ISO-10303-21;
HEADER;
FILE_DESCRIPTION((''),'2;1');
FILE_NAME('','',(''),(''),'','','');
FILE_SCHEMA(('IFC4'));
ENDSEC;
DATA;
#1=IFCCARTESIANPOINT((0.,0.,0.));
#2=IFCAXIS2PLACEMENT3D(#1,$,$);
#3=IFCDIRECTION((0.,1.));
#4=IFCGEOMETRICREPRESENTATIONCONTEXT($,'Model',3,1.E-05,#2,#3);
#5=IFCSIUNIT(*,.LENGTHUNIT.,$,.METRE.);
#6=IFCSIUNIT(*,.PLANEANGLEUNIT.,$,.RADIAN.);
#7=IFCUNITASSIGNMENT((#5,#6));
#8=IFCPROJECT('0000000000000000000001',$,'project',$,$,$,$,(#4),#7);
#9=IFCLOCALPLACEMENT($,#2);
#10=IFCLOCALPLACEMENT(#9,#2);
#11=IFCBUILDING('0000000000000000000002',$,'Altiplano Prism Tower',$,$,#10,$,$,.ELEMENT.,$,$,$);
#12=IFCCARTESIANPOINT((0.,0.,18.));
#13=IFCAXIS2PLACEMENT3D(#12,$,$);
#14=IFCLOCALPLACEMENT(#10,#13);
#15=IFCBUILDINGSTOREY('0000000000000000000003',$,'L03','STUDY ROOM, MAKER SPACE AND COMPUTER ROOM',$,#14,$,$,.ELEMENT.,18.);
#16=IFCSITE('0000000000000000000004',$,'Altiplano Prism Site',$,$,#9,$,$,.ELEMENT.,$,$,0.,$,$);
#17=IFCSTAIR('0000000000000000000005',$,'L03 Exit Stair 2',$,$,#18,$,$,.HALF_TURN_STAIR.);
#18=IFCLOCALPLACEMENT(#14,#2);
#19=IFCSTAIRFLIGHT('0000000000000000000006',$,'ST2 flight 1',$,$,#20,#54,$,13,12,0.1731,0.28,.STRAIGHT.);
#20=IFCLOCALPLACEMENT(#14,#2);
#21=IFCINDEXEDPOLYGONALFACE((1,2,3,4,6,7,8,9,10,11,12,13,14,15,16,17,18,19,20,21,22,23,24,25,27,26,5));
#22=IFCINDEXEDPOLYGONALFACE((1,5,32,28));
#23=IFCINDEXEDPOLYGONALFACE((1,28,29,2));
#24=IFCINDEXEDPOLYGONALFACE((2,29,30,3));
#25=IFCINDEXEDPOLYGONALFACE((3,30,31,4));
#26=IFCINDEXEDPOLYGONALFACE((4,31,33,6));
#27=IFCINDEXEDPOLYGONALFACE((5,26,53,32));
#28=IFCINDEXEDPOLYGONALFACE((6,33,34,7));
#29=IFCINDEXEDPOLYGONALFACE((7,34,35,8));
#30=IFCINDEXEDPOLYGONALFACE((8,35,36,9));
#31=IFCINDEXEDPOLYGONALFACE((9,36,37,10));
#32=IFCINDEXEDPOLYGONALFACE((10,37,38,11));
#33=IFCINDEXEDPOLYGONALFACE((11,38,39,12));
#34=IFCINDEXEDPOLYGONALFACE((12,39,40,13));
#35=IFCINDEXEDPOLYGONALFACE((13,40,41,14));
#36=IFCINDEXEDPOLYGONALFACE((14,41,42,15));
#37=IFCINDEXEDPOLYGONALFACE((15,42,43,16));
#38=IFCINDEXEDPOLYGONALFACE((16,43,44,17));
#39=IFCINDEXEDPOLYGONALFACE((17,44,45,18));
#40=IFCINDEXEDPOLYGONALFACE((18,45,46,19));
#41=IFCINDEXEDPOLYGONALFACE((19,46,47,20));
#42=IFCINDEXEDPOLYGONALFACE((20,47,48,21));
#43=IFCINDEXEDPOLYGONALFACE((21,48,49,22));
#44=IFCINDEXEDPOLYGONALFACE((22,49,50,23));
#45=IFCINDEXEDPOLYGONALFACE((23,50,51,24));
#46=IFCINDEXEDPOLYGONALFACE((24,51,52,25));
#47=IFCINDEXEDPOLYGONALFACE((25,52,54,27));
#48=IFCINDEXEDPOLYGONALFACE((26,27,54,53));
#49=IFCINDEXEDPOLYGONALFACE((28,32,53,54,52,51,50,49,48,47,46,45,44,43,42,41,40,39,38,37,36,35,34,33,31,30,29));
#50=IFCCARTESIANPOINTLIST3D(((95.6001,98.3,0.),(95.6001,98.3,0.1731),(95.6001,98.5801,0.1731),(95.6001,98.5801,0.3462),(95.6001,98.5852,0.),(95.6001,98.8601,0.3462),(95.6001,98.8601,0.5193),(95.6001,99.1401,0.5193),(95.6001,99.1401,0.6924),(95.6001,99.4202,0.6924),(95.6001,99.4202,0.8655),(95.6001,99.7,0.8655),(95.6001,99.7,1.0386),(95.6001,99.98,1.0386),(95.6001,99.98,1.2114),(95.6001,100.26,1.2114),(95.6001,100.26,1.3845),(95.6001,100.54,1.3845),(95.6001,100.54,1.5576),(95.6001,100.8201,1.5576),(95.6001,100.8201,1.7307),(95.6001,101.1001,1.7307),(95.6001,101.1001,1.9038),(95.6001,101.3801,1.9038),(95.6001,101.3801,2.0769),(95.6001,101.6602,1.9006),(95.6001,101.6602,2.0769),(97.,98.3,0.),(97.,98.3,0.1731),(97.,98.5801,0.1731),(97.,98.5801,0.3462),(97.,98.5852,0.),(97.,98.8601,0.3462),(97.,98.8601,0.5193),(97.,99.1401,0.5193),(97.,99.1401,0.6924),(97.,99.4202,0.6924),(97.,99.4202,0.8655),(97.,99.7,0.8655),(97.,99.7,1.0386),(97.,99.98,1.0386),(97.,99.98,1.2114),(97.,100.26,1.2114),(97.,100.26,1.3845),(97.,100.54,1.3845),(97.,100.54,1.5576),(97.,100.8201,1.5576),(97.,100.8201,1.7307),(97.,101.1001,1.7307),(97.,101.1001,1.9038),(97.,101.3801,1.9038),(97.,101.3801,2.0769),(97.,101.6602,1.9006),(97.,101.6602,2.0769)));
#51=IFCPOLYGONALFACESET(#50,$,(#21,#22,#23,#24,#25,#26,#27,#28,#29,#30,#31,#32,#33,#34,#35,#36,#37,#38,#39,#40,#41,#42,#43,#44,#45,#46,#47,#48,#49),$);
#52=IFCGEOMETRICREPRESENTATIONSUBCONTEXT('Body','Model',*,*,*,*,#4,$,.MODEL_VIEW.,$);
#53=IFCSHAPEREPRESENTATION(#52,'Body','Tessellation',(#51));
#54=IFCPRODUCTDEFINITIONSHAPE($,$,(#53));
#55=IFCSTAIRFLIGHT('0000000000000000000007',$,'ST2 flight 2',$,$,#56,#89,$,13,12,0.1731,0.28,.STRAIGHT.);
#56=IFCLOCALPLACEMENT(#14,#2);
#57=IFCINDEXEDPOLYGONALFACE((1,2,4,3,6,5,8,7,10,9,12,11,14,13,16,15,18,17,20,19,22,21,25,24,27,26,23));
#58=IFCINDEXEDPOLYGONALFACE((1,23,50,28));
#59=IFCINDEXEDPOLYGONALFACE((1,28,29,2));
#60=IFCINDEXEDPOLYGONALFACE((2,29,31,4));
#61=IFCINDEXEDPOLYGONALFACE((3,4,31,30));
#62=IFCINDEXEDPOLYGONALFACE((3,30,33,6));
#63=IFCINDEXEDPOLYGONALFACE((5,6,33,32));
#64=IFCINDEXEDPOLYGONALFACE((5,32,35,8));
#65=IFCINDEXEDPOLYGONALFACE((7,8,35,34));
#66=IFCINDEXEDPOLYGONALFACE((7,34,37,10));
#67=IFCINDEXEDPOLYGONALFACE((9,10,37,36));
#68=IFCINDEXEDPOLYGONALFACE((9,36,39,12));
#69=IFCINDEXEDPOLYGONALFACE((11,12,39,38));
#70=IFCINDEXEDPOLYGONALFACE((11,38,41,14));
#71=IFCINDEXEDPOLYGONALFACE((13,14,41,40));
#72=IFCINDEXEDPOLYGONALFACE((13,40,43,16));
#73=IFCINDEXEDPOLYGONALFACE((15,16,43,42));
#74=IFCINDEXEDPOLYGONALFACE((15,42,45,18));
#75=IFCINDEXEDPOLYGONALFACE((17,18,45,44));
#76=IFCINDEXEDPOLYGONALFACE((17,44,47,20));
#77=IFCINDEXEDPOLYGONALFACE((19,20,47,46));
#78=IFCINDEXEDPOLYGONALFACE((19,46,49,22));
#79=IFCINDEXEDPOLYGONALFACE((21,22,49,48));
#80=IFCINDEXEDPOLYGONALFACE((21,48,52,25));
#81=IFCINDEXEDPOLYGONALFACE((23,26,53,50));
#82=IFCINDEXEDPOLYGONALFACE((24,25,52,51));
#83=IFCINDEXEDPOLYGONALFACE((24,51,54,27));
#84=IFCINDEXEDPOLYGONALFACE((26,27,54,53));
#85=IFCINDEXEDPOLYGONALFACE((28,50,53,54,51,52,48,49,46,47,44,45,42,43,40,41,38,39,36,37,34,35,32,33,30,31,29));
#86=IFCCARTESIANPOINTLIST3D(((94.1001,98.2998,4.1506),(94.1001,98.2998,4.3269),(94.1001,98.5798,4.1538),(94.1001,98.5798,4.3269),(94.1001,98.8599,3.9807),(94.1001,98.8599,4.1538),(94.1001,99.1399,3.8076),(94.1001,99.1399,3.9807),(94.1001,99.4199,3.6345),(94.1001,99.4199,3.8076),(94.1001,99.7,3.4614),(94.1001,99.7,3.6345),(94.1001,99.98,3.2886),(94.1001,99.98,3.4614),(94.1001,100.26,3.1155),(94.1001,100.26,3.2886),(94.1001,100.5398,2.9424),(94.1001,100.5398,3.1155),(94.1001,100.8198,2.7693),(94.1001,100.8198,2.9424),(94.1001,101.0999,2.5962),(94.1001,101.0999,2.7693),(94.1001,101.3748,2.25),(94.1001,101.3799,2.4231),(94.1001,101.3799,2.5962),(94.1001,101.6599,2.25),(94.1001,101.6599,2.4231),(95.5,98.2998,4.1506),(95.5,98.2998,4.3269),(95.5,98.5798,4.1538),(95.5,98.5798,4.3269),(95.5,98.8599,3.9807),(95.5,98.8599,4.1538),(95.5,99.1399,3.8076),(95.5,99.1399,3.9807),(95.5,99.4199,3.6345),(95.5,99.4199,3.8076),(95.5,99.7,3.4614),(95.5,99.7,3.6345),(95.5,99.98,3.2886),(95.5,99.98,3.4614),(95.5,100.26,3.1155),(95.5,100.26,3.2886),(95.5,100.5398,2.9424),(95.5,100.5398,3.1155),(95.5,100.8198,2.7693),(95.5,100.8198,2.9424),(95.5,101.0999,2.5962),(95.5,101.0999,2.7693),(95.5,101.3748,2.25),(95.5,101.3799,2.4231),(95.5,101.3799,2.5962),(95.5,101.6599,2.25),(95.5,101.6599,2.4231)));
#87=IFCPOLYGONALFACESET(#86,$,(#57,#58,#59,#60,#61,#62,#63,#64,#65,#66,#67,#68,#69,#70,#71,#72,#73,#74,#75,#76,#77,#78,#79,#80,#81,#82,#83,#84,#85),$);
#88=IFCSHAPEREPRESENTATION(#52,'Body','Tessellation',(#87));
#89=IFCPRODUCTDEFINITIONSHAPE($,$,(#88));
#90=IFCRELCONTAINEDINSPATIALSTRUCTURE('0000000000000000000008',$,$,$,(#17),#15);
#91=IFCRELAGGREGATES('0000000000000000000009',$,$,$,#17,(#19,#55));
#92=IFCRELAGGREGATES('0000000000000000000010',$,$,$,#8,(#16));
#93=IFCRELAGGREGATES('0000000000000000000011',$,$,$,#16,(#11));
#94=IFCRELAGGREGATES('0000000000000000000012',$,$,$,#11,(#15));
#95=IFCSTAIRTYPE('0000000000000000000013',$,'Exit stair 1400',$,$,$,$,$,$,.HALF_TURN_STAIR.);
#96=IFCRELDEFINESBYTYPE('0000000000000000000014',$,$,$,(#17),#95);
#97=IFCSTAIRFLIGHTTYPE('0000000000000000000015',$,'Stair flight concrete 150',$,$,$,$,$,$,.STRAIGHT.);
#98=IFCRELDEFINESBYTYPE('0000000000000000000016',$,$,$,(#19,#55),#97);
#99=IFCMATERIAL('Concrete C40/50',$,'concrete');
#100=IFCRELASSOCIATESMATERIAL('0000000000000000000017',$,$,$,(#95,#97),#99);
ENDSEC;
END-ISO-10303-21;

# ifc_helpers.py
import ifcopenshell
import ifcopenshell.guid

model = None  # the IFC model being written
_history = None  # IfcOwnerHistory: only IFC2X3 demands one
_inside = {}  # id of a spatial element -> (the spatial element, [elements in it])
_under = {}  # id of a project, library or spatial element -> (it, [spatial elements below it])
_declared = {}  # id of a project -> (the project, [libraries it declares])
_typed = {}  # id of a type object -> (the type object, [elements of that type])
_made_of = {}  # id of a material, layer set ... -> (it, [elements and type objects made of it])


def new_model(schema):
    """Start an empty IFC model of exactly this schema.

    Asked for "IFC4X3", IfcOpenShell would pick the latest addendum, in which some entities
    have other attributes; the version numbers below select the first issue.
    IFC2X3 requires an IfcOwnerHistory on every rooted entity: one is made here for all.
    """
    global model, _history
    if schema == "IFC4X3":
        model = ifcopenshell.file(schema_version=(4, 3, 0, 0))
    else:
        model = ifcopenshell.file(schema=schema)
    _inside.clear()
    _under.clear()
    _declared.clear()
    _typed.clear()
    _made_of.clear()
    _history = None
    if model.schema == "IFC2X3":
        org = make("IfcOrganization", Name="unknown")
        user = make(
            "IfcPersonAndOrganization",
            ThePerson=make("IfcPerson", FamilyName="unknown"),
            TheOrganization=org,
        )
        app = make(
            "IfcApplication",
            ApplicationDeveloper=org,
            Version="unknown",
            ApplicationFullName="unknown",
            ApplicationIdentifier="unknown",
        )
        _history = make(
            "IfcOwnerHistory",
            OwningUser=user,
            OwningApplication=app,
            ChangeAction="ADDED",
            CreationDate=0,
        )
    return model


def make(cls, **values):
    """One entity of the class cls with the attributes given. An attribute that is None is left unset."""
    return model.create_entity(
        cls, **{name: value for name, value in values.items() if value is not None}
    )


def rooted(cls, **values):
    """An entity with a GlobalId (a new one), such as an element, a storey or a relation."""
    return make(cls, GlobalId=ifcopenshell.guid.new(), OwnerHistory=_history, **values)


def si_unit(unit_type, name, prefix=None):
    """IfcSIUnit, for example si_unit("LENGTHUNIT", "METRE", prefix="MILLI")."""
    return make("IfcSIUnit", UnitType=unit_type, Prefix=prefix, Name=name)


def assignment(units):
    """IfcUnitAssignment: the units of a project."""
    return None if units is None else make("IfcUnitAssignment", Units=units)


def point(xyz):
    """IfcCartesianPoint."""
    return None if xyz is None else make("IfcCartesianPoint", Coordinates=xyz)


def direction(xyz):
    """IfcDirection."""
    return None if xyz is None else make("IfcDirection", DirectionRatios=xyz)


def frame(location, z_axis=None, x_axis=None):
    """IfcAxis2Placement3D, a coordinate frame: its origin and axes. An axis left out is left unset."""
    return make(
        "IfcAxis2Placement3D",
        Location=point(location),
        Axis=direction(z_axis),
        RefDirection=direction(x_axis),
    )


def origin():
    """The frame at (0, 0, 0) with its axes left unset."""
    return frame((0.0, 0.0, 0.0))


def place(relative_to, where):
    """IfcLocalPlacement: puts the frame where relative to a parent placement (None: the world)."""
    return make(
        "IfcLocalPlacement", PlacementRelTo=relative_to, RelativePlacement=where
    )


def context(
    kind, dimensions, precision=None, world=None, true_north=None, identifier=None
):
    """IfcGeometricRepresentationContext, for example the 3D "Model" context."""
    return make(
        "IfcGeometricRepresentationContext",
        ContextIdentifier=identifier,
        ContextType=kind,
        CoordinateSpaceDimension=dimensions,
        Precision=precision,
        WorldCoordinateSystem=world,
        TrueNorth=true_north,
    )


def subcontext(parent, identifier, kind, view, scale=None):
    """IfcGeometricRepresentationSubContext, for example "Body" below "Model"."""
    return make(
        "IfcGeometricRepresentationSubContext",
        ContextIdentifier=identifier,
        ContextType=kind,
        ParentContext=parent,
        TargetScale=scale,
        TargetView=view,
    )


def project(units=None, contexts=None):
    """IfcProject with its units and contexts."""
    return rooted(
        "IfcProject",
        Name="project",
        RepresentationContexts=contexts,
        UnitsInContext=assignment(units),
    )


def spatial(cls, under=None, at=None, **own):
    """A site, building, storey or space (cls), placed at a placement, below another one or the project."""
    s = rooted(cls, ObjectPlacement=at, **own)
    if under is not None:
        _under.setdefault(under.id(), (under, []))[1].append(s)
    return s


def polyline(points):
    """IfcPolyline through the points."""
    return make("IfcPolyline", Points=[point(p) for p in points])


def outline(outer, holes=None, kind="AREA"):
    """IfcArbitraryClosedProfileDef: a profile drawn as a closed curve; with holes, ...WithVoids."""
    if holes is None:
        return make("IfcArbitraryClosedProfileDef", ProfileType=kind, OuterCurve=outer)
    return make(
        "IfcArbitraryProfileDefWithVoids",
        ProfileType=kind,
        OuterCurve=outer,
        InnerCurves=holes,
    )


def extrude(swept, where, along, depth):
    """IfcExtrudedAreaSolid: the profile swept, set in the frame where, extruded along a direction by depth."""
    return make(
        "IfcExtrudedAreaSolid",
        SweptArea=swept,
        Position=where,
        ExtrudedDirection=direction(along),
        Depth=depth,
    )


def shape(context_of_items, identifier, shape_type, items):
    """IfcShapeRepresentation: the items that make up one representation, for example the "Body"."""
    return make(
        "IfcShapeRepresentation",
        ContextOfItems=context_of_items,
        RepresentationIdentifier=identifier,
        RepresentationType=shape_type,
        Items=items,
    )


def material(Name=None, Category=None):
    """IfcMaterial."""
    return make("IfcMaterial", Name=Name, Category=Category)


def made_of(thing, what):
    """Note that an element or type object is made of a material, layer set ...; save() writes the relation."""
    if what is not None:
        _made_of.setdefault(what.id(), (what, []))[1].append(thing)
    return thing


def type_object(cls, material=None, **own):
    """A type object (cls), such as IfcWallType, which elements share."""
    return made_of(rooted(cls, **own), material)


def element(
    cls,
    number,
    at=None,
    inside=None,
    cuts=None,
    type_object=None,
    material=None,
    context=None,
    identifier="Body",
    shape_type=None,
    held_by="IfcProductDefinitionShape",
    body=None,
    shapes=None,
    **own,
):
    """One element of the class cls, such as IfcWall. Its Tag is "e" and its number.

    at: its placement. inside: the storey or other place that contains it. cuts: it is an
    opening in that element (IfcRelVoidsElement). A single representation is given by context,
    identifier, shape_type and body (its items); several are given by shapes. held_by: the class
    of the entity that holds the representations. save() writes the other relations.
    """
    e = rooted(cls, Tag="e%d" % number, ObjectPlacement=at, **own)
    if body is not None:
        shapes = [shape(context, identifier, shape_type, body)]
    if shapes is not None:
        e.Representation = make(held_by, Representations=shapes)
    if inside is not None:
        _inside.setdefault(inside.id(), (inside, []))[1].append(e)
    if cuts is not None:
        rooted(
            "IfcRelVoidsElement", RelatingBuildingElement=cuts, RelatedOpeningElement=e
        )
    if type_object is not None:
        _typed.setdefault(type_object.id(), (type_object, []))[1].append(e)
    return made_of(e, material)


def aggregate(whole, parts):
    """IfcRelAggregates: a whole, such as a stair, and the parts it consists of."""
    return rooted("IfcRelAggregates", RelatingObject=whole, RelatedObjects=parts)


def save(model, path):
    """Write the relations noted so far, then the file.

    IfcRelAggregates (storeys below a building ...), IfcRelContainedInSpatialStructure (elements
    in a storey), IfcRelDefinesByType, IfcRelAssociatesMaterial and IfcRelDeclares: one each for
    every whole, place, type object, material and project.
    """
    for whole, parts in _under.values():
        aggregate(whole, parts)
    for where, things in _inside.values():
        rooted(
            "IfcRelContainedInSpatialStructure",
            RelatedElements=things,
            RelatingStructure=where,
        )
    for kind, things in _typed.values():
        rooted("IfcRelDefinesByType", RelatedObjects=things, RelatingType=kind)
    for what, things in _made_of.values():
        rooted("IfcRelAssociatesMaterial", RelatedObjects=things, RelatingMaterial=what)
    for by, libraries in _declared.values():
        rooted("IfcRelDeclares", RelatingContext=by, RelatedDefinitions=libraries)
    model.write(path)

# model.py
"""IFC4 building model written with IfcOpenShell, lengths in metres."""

from ifc_helpers import new_model, si_unit, direction, frame, origin, place, context, subcontext, project, spatial, polyline, outline, extrude, material, type_object, element, aggregate, save


model = new_model("IFC4")

# Units and contexts
model_context = context("Model", 3, precision=1e-05, world=origin(), true_north=direction((0.0, 1.0)))
body_context = subcontext(model_context, "Body", "Model", "MODEL_VIEW")
ifc_project = project(units=[si_unit("LENGTHUNIT", "METRE"), si_unit("PLANEANGLEUNIT", "RADIAN")], contexts=[model_context])

# Site, building, storey
site_placement = place(None, origin())
site = spatial("IfcSite", under=ifc_project, at=site_placement, Name="Altiplano Prism Site", CompositionType="ELEMENT", RefElevation=0.0)
building_placement = place(site_placement, origin())
building = spatial("IfcBuilding", under=site, at=building_placement, Name="Altiplano Prism Tower", CompositionType="ELEMENT")
storey_placement = place(building_placement, frame((0.0, 0.0, 18.0)))
storey = spatial("IfcBuildingStorey", under=building, at=storey_placement, Name="L03", Description="STUDY ROOM, MAKER SPACE AND COMPUTER ROOM", CompositionType="ELEMENT", Elevation=18.0)

# Stair, stair flights
ifc_material_1 = material(Name="Concrete C40/50", Category="concrete")
stair_type = type_object("IfcStairType", Name="Exit stair 1400", PredefinedType="HALF_TURN_STAIR", material=ifc_material_1)
stair_placement = place(storey_placement, origin())
stair = element("IfcStair", 1, at=stair_placement, inside=storey, type_object=stair_type, Name="L03 Exit Stair 2", PredefinedType="HALF_TURN_STAIR")
stair_flight_type = type_object("IfcStairFlightType", Name="Stair flight concrete 150", PredefinedType="STRAIGHT", material=ifc_material_1)
stair_flight_1_placement = place(storey_placement, frame((96.3, 98.3, 0.0), z_axis=(0.0, 0.0, 1.0), x_axis=(0.0, 1.0, 0.0)))
stair_flight_1 = element("IfcStairFlight", 2, at=stair_flight_1_placement, type_object=stair_flight_type, Name="ST2 flight 1", NumberOfRisers=13, NumberOfTreads=12, PredefinedType="STRAIGHT", RiserHeight=0.1731, TreadLength=0.28, context=body_context, shape_type="SweptSolid", body=[
    extrude(outline(polyline([(0.0, 0.0), (0.0, 0.1731), (0.28, 0.1731), (0.28, 0.3462), (0.5601, 0.3462), (0.5601, 0.5193), (0.8401, 0.5193), (0.8401, 0.6924), (1.1201, 0.6924), (1.1201, 0.8655), (1.3999, 0.8655), (1.3999, 1.0386), (1.6799, 1.0386), (1.6799, 1.2114), (1.96, 1.2114), (1.96, 1.3845), (2.24, 1.3845), (2.24, 1.5576), (2.52, 1.5576), (2.52, 1.7307), (2.8, 1.7307), (2.8, 1.9038), (3.0801, 1.9038), (3.0801, 2.0769), (3.3601, 2.0769), (3.3601, 2.25), (3.3601, 1.9006), (0.2852, 0.0), (0.0, 0.0)])), frame((0.0, 0.7, 0.0), z_axis=(0.0, -1.0, 0.0), x_axis=(1.0, 0.0, 0.0)), (0.0, 0.0, 1.0), 1.3999),
])
stair_flight_2_placement = place(storey_placement, frame((94.8, 101.6599, 2.25), z_axis=(0.0, 0.0, 1.0), x_axis=(0.0, -1.0, 0.0)))
stair_flight_2 = element("IfcStairFlight", 3, at=stair_flight_2_placement, type_object=stair_flight_type, Name="ST2 flight 2", NumberOfRisers=13, NumberOfTreads=12, PredefinedType="STRAIGHT", RiserHeight=0.1731, TreadLength=0.28, context=body_context, shape_type="SweptSolid", body=[
    extrude(outline(polyline([(0.0, 0.0), (0.0, 0.1731), (0.28, 0.1731), (0.28, 0.3462), (0.5601, 0.3462), (0.5601, 0.5193), (0.8401, 0.5193), (0.8401, 0.6924), (1.1201, 0.6924), (1.1201, 0.8655), (1.3999, 0.8655), (1.3999, 1.0386), (1.6799, 1.0386), (1.6799, 1.2114), (1.96, 1.2114), (1.96, 1.3845), (2.24, 1.3845), (2.24, 1.5576), (2.52, 1.5576), (2.52, 1.7307), (2.8, 1.7307), (2.8, 1.9038), (3.0801, 1.9038), (3.0801, 2.0769), (3.3601, 2.0769), (3.3601, 2.25), (3.3601, 1.9006), (0.2852, 0.0), (0.0, 0.0)])), frame((0.0, 0.7, 0.0), z_axis=(0.0, -1.0, 0.0), x_axis=(1.0, 0.0, 0.0)), (0.0, 0.0, 1.0), 1.3999),
])
aggregate(stair, [stair_flight_1, stair_flight_2])

save(model, "model.ifc")
